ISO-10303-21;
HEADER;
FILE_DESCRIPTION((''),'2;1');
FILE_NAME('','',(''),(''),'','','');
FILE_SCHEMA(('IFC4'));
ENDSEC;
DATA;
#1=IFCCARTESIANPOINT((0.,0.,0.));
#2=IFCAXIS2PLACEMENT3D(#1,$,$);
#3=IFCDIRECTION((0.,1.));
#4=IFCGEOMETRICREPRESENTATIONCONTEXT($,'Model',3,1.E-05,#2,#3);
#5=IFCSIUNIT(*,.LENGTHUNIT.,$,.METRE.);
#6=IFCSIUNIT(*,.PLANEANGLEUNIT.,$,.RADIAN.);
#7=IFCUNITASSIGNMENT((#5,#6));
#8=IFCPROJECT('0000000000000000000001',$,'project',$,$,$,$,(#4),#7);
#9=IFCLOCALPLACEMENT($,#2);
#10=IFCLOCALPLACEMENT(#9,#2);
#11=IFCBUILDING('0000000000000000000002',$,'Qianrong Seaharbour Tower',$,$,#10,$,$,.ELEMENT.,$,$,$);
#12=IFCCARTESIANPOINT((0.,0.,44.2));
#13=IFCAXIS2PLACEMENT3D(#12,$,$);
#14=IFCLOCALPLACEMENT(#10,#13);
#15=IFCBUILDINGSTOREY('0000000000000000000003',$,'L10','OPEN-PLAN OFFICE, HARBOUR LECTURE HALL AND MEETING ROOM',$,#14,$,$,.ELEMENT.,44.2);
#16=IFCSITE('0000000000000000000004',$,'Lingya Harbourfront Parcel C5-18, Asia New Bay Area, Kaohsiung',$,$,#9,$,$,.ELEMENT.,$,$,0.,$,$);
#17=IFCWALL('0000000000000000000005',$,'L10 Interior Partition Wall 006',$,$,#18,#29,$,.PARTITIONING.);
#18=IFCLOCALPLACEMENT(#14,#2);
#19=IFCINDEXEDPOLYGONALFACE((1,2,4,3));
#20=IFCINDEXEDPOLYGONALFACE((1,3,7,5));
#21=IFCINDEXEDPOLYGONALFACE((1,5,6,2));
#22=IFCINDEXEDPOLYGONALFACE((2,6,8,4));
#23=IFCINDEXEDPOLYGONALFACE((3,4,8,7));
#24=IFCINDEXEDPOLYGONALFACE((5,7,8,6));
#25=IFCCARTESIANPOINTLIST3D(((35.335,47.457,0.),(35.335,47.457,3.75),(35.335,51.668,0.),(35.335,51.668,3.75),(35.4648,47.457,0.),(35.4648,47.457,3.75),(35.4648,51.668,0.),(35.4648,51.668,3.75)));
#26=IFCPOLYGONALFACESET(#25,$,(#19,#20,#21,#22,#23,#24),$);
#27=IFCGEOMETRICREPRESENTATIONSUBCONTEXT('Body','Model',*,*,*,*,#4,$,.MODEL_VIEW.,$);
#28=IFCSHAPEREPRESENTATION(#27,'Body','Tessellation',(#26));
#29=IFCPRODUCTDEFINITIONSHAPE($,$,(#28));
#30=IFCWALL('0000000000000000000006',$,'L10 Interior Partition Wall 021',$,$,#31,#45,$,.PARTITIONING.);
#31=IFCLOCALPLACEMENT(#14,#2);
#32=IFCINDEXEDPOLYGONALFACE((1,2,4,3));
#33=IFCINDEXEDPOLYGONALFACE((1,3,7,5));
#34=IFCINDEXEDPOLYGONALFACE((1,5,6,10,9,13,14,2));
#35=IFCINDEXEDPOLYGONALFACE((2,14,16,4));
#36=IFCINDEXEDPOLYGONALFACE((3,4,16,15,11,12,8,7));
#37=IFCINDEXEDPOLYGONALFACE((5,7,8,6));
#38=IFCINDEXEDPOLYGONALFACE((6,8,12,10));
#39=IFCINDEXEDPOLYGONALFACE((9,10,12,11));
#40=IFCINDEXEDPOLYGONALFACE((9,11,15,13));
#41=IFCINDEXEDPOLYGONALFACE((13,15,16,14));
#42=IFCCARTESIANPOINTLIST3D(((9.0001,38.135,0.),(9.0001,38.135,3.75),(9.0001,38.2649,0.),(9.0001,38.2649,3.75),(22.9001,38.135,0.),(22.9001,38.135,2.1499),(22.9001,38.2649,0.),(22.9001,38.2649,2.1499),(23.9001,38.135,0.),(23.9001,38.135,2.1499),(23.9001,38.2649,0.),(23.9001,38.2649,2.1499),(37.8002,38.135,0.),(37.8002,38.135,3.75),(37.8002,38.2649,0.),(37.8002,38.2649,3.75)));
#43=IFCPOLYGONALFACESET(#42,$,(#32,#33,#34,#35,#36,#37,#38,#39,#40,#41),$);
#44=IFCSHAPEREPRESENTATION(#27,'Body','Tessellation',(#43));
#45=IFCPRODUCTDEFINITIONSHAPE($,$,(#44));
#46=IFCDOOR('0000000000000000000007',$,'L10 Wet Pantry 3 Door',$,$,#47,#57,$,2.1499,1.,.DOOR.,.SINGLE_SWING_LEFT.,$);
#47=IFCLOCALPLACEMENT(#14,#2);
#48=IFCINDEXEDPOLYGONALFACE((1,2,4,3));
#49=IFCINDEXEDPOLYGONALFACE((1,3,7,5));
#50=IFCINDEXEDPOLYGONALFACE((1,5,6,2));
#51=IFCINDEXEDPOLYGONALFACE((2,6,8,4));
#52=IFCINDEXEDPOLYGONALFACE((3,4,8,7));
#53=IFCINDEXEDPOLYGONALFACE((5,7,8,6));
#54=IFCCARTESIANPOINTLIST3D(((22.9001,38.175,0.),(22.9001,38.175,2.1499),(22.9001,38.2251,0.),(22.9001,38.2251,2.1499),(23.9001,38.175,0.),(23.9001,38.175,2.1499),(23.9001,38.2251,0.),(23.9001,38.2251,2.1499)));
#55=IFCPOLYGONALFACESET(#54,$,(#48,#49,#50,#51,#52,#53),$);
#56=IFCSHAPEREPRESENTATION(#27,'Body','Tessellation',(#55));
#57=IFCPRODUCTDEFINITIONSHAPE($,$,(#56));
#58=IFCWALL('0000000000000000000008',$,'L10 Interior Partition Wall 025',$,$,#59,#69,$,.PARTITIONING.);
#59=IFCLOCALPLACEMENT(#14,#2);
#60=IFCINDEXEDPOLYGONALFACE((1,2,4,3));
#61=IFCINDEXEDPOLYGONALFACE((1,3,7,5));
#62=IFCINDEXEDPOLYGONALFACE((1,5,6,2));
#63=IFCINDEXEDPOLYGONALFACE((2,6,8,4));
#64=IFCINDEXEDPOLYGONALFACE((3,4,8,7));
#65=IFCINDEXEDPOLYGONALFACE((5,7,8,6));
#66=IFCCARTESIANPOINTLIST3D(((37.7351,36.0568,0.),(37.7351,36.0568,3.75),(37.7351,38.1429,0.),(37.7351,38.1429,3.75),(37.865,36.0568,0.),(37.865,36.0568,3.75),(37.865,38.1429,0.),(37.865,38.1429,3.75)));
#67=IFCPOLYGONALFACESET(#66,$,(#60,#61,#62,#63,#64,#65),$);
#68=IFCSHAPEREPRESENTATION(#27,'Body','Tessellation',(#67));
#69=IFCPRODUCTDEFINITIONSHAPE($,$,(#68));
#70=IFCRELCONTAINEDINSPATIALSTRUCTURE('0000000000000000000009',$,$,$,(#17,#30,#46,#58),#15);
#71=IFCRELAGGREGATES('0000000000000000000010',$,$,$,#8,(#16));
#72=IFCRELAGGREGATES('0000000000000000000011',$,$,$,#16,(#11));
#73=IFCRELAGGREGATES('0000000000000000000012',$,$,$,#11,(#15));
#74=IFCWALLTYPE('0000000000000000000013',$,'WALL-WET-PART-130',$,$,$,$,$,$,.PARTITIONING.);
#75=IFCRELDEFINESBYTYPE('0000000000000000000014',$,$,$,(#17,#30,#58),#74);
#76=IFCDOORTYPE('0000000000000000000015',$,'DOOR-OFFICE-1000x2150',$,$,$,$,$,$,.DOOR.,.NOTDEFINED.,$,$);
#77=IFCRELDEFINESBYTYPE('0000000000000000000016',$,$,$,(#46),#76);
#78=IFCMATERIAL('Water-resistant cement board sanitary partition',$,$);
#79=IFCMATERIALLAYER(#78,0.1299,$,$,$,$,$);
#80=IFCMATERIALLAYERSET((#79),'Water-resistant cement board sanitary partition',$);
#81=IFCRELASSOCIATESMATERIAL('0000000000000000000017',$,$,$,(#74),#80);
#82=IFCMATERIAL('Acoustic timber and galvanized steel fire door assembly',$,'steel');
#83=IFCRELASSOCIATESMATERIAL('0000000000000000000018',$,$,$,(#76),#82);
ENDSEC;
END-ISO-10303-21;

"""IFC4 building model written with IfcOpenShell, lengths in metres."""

from ifc_helpers import new_model, si_unit, direction, frame, frame_2d, origin, place, context, subcontext, project, spatial, rectangle, extrude, material, layer, layer_set, type_object, element, fill, save


model = new_model("IFC4")

# Units and contexts
model_context = context("Model", 3, precision=1e-05, world=origin(), true_north=direction((0.0, 1.0)))
body_context = subcontext(model_context, "Body", "Model", "MODEL_VIEW")
ifc_project = project(units=[si_unit("LENGTHUNIT", "METRE"), si_unit("PLANEANGLEUNIT", "RADIAN")], contexts=[model_context])

# Site, building, storey
site_placement = place(None, origin())
site = spatial("IfcSite", under=ifc_project, at=site_placement, Name="Lingya Harbourfront Parcel C5-18, Asia New Bay Area, Kaohsiung", CompositionType="ELEMENT", RefElevation=0.0)
building_placement = place(site_placement, origin())
building = spatial("IfcBuilding", under=site, at=building_placement, Name="Qianrong Seaharbour Tower", CompositionType="ELEMENT")
storey_placement = place(building_placement, frame((0.0, 0.0, 44.2)))
storey = spatial("IfcBuildingStorey", under=building, at=storey_placement, Name="L10", Description="OPEN-PLAN OFFICE, HARBOUR LECTURE HALL AND MEETING ROOM", CompositionType="ELEMENT", Elevation=44.2)

# Shared definitions
ifc_material_1 = material(Name="Acoustic timber and galvanized steel fire door assembly", Category="steel")

# Wall
ifc_material_2 = material(Name="Water-resistant cement board sanitary partition")
ifc_layer_1 = layer(ifc_material_2, 0.1299)
ifc_layer_set_1 = layer_set([ifc_layer_1], Name="Water-resistant cement board sanitary partition")
wall_type_1 = type_object("IfcWallType", Name="WALL-WET-PART-130", PredefinedType="PARTITIONING", material=ifc_layer_set_1)
wall_1_placement = place(storey_placement, frame((35.3999, 47.457, 0.0), z_axis=(0.0, 0.0, 1.0), x_axis=(0.0, 1.0, 0.0)))
element("IfcWall", 1, at=wall_1_placement, inside=storey, type_object=wall_type_1, Name="L10 Interior Partition Wall 006", PredefinedType="PARTITIONING", context=body_context, shape_type="SweptSolid", body=[
    extrude(rectangle(XDim=4.2109, YDim=0.1299, at=frame_2d((2.1055, 0.0))), origin(), (0.0, 0.0, 1.0), 3.75),
])

# Wall, opening, door
wall_2_placement = place(storey_placement, frame((37.8, 38.2, 0.0), z_axis=(0.0, 0.0, 1.0), x_axis=(-1.0, 0.0, 0.0)))
wall_2 = element("IfcWall", 2, at=wall_2_placement, inside=storey, type_object=wall_type_1, Name="L10 Interior Partition Wall 021", PredefinedType="PARTITIONING", context=body_context, shape_type="SweptSolid", body=[
    extrude(rectangle(XDim=28.8, YDim=0.1299, at=frame_2d((14.3999, 0.0))), origin(), (0.0, 0.0, 1.0), 3.75),
])
opening_1_placement = place(wall_2_placement, frame((13.8999, 0.0, 0.0)))
opening_1 = element("IfcOpeningElement", 3, at=opening_1_placement, cuts=wall_2, PredefinedType="OPENING", context=body_context, shape_type="SweptSolid", body=[
    extrude(rectangle(XDim=1.0, YDim=2.1499, at=frame_2d((0.5, 1.075))), frame((0.0, 0.075, 0.0), z_axis=(0.0, -1.0, 0.0), x_axis=(1.0, 0.0, 0.0)), (0.0, 0.0, 1.0), 0.1499),
])
door_type_1 = type_object("IfcDoorType", Name="DOOR-OFFICE-1000x2150", OperationType="NOTDEFINED", PredefinedType="DOOR", material=ifc_material_1)
door_1_placement = place(opening_1_placement, origin())
door_1 = element("IfcDoor", 4, at=door_1_placement, inside=storey, type_object=door_type_1, Name="L10 Wet Pantry 3 Door", OperationType="SINGLE_SWING_LEFT", OverallHeight=2.1499, OverallWidth=1.0, PredefinedType="DOOR", context=body_context, shape_type="SweptSolid", body=[
    extrude(rectangle(XDim=1.0, YDim=2.1499, at=frame_2d((0.5, 1.075))), frame((0.0, 0.0249, 0.0), z_axis=(0.0, -1.0, 0.0), x_axis=(1.0, 0.0, 0.0)), (0.0, 0.0, 1.0), 0.05),
])
fill(opening_1, door_1)

# Wall
wall_3_placement = place(storey_placement, frame((37.8, 36.0569, 0.0), z_axis=(0.0, 0.0, 1.0), x_axis=(0.0, 1.0, 0.0)))
element("IfcWall", 5, at=wall_3_placement, inside=storey, type_object=wall_type_1, Name="L10 Interior Partition Wall 025", PredefinedType="PARTITIONING", context=body_context, shape_type="SweptSolid", body=[
    extrude(rectangle(XDim=2.0862, YDim=0.1299, at=frame_2d((1.043, 0.0))), origin(), (0.0, 0.0, 1.0), 3.75),
])

save(model, "model.ifc")
